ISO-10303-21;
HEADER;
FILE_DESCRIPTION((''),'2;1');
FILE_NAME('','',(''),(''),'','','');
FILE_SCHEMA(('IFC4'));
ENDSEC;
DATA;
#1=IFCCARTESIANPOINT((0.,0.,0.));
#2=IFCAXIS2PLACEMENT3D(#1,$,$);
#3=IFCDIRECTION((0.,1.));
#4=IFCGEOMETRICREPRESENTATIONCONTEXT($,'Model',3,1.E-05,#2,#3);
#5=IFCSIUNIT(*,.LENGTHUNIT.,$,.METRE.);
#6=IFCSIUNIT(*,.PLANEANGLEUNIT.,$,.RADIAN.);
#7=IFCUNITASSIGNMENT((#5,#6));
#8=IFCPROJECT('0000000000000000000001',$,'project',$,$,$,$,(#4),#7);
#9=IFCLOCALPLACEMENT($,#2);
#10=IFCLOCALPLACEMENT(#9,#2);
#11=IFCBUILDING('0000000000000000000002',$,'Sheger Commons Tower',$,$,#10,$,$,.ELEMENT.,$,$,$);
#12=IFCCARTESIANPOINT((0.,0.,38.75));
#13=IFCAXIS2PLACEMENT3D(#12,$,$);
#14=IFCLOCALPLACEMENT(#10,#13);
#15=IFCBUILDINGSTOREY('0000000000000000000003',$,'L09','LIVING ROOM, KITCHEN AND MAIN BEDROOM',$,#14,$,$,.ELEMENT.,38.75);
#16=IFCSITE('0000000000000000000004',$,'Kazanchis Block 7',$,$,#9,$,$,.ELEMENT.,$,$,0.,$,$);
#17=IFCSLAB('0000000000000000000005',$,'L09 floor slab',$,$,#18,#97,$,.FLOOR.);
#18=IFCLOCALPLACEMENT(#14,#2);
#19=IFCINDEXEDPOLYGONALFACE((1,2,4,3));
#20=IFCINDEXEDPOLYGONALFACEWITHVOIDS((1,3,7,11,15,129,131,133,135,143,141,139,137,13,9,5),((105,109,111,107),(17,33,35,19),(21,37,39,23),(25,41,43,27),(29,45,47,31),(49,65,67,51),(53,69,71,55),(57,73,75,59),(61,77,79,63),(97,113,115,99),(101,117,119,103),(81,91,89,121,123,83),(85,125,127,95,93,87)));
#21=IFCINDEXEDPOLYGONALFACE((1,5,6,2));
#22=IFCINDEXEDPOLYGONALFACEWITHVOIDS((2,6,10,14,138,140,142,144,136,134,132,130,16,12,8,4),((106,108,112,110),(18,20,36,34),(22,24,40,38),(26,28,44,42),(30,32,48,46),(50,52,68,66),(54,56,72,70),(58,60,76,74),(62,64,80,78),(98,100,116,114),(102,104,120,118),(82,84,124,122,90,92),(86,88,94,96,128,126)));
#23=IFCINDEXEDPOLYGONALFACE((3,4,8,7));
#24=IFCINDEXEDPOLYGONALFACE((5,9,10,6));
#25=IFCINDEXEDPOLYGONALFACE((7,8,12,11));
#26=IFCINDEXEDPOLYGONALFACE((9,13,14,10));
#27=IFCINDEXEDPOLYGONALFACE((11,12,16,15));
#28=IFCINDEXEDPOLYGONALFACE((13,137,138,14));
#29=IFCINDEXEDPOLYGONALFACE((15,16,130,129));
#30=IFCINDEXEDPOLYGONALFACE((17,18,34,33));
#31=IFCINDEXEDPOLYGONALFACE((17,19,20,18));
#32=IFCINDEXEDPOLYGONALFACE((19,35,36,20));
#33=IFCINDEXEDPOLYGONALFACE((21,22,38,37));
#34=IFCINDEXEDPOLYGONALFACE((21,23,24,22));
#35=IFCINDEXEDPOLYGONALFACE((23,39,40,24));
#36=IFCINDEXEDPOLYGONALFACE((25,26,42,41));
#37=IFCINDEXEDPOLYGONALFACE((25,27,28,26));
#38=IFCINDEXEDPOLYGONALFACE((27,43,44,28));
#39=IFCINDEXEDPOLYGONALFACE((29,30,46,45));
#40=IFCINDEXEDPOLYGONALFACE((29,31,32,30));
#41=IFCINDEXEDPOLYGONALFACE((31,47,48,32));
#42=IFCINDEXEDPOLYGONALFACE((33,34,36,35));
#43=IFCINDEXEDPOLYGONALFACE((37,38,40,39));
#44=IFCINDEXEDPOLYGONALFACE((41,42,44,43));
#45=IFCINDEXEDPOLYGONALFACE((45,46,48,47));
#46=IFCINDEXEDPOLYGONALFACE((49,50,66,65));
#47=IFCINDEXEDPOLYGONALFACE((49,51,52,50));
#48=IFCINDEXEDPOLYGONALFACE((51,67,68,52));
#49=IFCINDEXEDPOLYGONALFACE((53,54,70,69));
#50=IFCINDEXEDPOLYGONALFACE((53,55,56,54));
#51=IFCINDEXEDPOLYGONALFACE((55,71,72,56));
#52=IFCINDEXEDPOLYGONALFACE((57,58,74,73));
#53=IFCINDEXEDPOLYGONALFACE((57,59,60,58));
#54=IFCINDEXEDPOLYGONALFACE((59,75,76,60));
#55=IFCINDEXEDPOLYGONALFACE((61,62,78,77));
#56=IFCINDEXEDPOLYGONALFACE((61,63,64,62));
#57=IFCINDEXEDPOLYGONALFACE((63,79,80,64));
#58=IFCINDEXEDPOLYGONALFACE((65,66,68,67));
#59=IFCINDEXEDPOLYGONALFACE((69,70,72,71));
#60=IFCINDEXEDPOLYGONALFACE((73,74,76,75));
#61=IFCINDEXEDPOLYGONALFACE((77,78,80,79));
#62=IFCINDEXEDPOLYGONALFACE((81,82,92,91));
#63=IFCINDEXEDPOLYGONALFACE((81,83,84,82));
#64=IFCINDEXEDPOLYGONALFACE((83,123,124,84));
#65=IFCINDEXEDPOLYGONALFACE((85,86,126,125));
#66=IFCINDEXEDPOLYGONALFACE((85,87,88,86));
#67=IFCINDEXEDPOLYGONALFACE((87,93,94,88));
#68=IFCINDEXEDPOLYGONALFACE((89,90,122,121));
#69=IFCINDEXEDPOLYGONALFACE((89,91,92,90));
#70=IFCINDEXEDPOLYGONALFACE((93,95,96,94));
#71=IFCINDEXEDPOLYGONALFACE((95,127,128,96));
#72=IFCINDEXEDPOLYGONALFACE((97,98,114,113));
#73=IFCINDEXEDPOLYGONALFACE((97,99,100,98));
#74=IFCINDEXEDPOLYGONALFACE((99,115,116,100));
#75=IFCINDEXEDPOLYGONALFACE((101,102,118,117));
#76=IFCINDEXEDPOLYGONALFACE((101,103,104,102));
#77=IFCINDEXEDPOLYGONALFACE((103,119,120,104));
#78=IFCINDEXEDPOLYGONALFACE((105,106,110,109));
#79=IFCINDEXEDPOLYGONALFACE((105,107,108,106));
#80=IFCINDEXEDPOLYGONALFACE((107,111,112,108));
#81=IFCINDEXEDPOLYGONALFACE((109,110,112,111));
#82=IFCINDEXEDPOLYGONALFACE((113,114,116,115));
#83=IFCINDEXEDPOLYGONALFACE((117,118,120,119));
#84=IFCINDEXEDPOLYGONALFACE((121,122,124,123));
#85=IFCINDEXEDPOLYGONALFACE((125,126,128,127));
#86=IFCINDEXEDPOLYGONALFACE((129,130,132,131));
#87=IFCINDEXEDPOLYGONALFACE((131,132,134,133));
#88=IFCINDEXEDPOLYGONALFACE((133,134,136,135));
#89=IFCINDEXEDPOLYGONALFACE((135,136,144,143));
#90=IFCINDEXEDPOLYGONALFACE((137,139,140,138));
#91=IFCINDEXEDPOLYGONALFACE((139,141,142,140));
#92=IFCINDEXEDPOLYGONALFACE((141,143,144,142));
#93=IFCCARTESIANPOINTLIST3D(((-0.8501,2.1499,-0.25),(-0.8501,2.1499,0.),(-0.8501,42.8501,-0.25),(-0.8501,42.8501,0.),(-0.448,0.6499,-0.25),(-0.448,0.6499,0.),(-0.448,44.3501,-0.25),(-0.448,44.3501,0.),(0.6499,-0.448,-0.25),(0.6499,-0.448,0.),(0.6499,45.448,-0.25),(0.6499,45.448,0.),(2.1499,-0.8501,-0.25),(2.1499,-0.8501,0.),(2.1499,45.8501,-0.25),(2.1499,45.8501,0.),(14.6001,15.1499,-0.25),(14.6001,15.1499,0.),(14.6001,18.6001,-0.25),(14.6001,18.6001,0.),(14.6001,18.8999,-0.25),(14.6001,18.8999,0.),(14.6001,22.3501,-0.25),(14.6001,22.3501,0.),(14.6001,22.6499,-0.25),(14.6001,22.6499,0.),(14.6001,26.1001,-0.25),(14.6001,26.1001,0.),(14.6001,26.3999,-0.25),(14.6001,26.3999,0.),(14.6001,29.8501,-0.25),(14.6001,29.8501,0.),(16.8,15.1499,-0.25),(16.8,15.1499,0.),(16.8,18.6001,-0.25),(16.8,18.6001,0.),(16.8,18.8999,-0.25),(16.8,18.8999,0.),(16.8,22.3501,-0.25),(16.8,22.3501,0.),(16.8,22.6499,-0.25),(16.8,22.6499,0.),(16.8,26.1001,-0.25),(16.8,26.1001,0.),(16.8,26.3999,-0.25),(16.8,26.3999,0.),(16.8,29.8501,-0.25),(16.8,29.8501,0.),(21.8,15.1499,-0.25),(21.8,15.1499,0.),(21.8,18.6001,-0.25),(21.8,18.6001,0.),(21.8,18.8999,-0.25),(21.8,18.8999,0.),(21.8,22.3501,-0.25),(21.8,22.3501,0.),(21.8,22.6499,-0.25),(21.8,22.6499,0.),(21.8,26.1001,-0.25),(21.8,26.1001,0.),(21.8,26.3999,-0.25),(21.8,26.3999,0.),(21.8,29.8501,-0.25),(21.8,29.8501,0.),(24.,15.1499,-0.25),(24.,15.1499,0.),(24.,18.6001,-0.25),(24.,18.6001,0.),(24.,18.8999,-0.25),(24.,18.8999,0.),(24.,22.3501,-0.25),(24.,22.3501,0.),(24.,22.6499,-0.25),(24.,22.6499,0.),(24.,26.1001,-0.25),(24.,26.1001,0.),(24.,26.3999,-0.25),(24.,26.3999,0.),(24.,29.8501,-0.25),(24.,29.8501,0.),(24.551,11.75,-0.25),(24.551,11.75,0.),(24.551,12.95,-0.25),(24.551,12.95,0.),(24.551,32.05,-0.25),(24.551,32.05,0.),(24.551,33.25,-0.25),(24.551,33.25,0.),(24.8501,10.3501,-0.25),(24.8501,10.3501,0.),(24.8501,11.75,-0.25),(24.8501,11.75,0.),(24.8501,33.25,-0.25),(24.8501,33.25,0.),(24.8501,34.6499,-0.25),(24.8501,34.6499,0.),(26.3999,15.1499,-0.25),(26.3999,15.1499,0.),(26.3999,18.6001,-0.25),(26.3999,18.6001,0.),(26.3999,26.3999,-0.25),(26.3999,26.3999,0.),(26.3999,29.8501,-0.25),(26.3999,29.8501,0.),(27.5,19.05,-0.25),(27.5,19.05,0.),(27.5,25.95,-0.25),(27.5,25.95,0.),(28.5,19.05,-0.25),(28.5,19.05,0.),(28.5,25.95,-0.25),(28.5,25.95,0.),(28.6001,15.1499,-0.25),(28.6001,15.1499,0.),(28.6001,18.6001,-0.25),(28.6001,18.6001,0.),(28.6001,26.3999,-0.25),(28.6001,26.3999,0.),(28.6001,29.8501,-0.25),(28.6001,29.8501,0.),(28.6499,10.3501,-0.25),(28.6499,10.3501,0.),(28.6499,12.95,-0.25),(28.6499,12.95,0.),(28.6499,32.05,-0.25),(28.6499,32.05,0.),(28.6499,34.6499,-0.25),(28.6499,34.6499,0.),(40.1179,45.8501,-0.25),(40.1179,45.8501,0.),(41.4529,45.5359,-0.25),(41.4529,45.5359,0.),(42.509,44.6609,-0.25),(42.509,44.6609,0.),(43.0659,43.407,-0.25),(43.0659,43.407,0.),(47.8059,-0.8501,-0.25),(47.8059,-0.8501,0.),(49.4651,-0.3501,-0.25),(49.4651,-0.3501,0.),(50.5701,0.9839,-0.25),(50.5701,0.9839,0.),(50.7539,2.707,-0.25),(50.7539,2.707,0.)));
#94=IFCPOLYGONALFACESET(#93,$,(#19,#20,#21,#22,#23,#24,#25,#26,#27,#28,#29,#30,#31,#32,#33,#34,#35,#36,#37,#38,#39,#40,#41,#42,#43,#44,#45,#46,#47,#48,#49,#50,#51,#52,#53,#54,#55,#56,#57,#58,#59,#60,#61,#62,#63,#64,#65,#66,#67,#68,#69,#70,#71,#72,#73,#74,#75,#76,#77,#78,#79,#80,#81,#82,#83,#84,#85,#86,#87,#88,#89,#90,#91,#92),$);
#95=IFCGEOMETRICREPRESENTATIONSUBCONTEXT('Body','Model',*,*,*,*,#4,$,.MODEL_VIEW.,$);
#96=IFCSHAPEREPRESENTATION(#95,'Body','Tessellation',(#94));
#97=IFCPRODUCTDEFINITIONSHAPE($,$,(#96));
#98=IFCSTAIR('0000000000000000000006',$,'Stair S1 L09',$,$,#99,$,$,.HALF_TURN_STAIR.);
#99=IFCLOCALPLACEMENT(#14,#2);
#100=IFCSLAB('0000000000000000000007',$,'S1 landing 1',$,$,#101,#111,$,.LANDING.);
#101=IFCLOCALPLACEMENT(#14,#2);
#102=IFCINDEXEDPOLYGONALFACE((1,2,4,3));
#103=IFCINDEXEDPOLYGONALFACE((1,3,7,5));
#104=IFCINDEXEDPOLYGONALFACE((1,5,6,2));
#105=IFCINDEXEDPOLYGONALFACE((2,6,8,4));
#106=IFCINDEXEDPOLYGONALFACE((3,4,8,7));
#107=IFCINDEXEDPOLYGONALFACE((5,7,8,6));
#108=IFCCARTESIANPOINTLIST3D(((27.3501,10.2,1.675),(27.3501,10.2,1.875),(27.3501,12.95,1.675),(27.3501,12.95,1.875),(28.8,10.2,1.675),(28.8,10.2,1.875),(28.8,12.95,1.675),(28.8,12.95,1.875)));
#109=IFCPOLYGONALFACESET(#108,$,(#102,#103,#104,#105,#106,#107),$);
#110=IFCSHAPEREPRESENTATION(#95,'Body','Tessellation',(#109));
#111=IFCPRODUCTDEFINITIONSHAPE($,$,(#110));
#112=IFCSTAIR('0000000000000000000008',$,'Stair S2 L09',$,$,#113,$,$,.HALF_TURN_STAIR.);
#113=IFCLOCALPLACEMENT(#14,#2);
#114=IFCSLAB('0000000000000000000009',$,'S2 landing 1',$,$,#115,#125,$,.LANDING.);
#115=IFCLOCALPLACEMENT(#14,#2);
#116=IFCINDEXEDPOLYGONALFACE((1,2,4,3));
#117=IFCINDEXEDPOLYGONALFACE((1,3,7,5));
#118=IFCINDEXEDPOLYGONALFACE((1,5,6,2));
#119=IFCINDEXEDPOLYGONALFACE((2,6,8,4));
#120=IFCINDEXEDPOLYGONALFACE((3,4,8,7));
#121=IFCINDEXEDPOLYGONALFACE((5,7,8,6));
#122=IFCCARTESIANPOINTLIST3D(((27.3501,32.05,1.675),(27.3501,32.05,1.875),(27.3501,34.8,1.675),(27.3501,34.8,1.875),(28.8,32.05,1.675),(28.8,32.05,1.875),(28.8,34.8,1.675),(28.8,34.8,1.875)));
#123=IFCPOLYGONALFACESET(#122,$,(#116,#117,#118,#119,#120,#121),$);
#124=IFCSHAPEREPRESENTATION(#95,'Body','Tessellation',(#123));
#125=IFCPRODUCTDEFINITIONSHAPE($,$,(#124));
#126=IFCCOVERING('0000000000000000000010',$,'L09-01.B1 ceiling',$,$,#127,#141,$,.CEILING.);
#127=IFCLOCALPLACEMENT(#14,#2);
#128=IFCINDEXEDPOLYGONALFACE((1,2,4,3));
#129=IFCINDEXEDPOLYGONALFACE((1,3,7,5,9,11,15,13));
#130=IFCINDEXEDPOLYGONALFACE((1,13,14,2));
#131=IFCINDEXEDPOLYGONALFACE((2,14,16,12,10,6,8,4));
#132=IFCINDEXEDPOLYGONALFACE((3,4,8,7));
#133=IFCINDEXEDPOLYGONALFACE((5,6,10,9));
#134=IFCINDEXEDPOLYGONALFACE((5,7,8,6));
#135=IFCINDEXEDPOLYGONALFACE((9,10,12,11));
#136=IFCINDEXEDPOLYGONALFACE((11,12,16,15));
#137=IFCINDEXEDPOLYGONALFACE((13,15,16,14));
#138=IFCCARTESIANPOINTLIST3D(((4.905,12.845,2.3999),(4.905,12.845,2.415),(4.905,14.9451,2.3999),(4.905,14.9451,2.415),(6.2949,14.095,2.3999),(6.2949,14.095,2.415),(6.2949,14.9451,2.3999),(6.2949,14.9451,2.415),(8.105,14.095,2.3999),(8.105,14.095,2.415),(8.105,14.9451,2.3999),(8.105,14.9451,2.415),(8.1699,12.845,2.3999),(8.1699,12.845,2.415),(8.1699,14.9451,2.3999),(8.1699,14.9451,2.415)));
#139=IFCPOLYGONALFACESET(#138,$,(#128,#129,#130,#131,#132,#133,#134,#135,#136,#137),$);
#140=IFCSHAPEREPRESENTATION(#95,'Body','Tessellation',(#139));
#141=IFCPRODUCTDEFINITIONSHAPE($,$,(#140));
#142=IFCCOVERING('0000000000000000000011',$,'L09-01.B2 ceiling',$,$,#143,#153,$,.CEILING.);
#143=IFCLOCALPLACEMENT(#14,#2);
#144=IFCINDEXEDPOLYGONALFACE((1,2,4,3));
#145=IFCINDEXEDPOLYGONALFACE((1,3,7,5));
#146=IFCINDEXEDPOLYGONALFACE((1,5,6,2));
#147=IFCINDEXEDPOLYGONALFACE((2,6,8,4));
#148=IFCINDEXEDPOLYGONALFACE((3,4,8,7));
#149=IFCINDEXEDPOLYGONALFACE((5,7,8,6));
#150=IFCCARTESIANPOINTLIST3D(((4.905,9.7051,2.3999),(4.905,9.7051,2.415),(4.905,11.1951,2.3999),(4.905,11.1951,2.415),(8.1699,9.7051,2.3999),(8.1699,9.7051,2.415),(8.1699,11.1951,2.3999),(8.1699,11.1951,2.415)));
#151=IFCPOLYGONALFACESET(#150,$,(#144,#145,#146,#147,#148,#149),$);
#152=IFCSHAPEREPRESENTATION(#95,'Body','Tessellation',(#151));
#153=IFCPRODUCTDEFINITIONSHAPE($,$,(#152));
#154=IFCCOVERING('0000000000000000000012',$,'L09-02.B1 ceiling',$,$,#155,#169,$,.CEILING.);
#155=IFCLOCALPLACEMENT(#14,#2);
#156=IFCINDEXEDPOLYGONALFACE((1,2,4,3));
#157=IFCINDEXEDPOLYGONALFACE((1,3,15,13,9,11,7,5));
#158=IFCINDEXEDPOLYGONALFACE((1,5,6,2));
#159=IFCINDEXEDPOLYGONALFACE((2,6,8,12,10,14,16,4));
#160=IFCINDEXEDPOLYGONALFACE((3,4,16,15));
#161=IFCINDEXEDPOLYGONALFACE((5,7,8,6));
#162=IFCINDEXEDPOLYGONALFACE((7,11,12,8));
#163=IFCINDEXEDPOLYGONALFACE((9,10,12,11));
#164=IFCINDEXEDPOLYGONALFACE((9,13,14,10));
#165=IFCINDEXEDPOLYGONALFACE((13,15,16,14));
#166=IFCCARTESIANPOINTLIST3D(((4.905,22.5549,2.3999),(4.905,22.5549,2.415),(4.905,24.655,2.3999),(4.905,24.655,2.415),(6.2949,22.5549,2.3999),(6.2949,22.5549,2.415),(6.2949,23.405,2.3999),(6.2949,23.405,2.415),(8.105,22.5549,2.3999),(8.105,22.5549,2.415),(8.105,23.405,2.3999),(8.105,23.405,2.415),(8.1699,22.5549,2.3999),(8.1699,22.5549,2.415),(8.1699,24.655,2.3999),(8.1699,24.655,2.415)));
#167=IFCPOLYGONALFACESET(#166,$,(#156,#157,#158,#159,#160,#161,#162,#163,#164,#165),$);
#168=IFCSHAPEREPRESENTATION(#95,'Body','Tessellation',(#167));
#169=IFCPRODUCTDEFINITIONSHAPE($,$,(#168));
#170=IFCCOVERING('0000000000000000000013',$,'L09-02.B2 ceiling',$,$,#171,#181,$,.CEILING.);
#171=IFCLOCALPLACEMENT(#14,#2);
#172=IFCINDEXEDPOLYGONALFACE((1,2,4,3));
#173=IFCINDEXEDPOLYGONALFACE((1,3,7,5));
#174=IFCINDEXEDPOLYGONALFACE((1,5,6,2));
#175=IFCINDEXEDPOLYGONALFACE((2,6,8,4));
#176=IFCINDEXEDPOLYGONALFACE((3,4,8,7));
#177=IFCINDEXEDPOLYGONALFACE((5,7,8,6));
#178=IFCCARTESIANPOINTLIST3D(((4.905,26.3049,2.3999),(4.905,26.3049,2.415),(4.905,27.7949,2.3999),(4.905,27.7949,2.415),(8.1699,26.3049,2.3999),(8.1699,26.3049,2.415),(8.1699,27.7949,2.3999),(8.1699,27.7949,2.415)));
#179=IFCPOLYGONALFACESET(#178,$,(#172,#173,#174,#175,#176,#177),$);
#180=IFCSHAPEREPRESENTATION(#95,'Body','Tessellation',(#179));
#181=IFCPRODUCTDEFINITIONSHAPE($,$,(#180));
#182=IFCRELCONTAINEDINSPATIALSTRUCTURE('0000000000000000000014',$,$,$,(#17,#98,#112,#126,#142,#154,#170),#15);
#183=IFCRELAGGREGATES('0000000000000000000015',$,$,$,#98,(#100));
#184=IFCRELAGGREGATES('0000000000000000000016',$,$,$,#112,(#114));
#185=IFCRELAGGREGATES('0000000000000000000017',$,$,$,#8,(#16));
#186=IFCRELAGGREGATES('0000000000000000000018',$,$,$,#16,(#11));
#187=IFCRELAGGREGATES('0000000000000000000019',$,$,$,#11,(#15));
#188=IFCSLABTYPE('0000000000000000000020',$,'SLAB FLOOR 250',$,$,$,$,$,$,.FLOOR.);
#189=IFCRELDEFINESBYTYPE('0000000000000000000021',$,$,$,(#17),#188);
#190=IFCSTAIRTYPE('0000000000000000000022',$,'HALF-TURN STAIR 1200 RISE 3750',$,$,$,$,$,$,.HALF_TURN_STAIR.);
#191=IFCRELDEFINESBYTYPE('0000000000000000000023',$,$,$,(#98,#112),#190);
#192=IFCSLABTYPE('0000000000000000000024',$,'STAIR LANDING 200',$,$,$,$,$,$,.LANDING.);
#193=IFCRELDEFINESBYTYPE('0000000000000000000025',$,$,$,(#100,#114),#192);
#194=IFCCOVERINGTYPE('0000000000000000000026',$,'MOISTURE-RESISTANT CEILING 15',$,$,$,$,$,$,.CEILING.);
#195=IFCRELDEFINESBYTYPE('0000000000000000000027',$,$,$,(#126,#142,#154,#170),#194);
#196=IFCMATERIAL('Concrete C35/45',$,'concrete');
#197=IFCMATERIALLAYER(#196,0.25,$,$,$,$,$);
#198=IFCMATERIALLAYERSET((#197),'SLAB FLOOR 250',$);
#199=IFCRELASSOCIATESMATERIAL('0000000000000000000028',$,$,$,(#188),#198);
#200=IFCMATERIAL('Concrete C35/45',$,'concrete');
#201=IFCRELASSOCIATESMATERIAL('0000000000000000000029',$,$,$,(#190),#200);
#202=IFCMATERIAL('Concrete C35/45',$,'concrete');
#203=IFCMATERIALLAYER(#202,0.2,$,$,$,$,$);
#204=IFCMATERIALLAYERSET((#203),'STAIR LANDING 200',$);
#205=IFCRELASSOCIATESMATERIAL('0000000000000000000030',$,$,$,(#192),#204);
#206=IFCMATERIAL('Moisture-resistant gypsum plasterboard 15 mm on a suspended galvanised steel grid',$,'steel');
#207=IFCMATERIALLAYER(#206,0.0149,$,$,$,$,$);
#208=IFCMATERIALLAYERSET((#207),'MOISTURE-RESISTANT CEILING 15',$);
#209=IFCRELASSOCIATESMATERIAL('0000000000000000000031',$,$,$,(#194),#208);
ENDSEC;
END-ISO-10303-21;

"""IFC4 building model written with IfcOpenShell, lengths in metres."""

from ifc_helpers import new_model, si_unit, direction, frame, origin, place, context, subcontext, project, spatial, polyline, outline, extrude, material, layer, layer_set, type_object, element, aggregate, save


model = new_model("IFC4")

# Units and contexts
model_context = context("Model", 3, precision=1e-05, world=origin(), true_north=direction((0.0, 1.0)))
body_context = subcontext(model_context, "Body", "Model", "MODEL_VIEW")
ifc_project = project(units=[si_unit("LENGTHUNIT", "METRE"), si_unit("PLANEANGLEUNIT", "RADIAN")], contexts=[model_context])

# Site, building, storey
site_placement = place(None, origin())
site = spatial("IfcSite", under=ifc_project, at=site_placement, Name="Kazanchis Block 7", CompositionType="ELEMENT", RefElevation=0.0)
building_placement = place(site_placement, origin())
building = spatial("IfcBuilding", under=site, at=building_placement, Name="Sheger Commons Tower", CompositionType="ELEMENT")
storey_placement = place(building_placement, frame((0.0, 0.0, 38.75)))
storey = spatial("IfcBuildingStorey", under=building, at=storey_placement, Name="L09", Description="LIVING ROOM, KITCHEN AND MAIN BEDROOM", CompositionType="ELEMENT", Elevation=38.75)

# Slab
ifc_material_1 = material(Name="Concrete C35/45", Category="concrete")
ifc_layer_1 = layer(ifc_material_1, 0.25)
ifc_layer_set_1 = layer_set([ifc_layer_1], Name="SLAB FLOOR 250")
slab_type_1 = type_object("IfcSlabType", Name="SLAB FLOOR 250", PredefinedType="FLOOR", material=ifc_layer_set_1)
slab_1_placement = place(storey_placement, frame((0.0, 0.0, -0.25)))
element("IfcSlab", 1, at=slab_1_placement, inside=storey, type_object=slab_type_1, Name="L09 floor slab", PredefinedType="FLOOR", context=body_context, shape_type="SweptSolid", body=[
    extrude(outline(polyline([(-0.8501, 2.1499), (-0.448, 0.6499), (0.6499, -0.448), (2.1499, -0.8501), (47.8059, -0.8501), (49.4651, -0.3501), (50.5701, 0.9839), (50.7539, 2.707), (43.0659, 43.407), (42.509, 44.6609), (41.4529, 45.5359), (40.1179, 45.8501), (2.1499, 45.8501), (0.6499, 45.448), (-0.448, 44.3501), (-0.8501, 42.8501), (-0.8501, 2.1499)]), holes=[polyline([(24.8501, 10.3501), (28.6499, 10.3501), (28.6499, 12.95), (24.551, 12.95), (24.551, 11.75), (24.8501, 11.75), (24.8501, 10.3501)]), polyline([(24.551, 32.05), (28.6499, 32.05), (28.6499, 34.6499), (24.8501, 34.6499), (24.8501, 33.25), (24.551, 33.25), (24.551, 32.05)]), polyline([(26.3999, 15.1499), (28.6001, 15.1499), (28.6001, 18.6001), (26.3999, 18.6001), (26.3999, 15.1499)]), polyline([(26.3999, 26.3999), (28.6001, 26.3999), (28.6001, 29.8501), (26.3999, 29.8501), (26.3999, 26.3999)]), polyline([(14.6001, 15.1499), (16.8, 15.1499), (16.8, 18.6001), (14.6001, 18.6001), (14.6001, 15.1499)]), polyline([(14.6001, 18.8999), (16.8, 18.8999), (16.8, 22.3501), (14.6001, 22.3501), (14.6001, 18.8999)]), polyline([(14.6001, 22.6499), (16.8, 22.6499), (16.8, 26.1001), (14.6001, 26.1001), (14.6001, 22.6499)]), polyline([(14.6001, 26.3999), (16.8, 26.3999), (16.8, 29.8501), (14.6001, 29.8501), (14.6001, 26.3999)]), polyline([(21.8, 15.1499), (24.0, 15.1499), (24.0, 18.6001), (21.8, 18.6001), (21.8, 15.1499)]), polyline([(21.8, 18.8999), (24.0, 18.8999), (24.0, 22.3501), (21.8, 22.3501), (21.8, 18.8999)]), polyline([(21.8, 22.6499), (24.0, 22.6499), (24.0, 26.1001), (21.8, 26.1001), (21.8, 22.6499)]), polyline([(21.8, 26.3999), (24.0, 26.3999), (24.0, 29.8501), (21.8, 29.8501), (21.8, 26.3999)]), polyline([(27.5, 19.05), (28.5, 19.05), (28.5, 25.95), (27.5, 25.95), (27.5, 19.05)])]), origin(), (0.0, 0.0, 1.0), 0.25),
])

# Stairs, slabs
ifc_material_2 = material(Name="Concrete C35/45", Category="concrete")
stair_type = type_object("IfcStairType", Name="HALF-TURN STAIR 1200 RISE 3750", PredefinedType="HALF_TURN_STAIR", material=ifc_material_2)
stair_1_placement = place(storey_placement, origin())
stair_1 = element("IfcStair", 2, at=stair_1_placement, inside=storey, type_object=stair_type, Name="Stair S1 L09", PredefinedType="HALF_TURN_STAIR")
ifc_material_3 = material(Name="Concrete C35/45", Category="concrete")
ifc_layer_2 = layer(ifc_material_3, 0.2)
ifc_layer_set_2 = layer_set([ifc_layer_2], Name="STAIR LANDING 200")
slab_type_2 = type_object("IfcSlabType", Name="STAIR LANDING 200", PredefinedType="LANDING", material=ifc_layer_set_2)
slab_2_placement = place(storey_placement, frame((0.0, 0.0, 1.675)))
slab_2 = element("IfcSlab", 3, at=slab_2_placement, type_object=slab_type_2, Name="S1 landing 1", PredefinedType="LANDING", context=body_context, shape_type="SweptSolid", body=[
    extrude(outline(polyline([(27.3501, 10.2), (28.8, 10.2), (28.8, 12.95), (27.3501, 12.95), (27.3501, 10.2)])), origin(), (0.0, 0.0, 1.0), 0.2),
])
aggregate(stair_1, [slab_2])
stair_2_placement = place(storey_placement, origin())
stair_2 = element("IfcStair", 4, at=stair_2_placement, inside=storey, type_object=stair_type, Name="Stair S2 L09", PredefinedType="HALF_TURN_STAIR")
slab_3_placement = place(storey_placement, frame((0.0, 0.0, 1.675)))
slab_3 = element("IfcSlab", 5, at=slab_3_placement, type_object=slab_type_2, Name="S2 landing 1", PredefinedType="LANDING", context=body_context, shape_type="SweptSolid", body=[
    extrude(outline(polyline([(27.3501, 32.05), (28.8, 32.05), (28.8, 34.8), (27.3501, 34.8), (27.3501, 32.05)])), origin(), (0.0, 0.0, 1.0), 0.2),
])
aggregate(stair_2, [slab_3])

# Coverings
ifc_material_4 = material(Name="Moisture-resistant gypsum plasterboard 15 mm on a suspended galvanised steel grid", Category="steel")
ifc_layer_3 = layer(ifc_material_4, 0.0149)
ifc_layer_set_3 = layer_set([ifc_layer_3], Name="MOISTURE-RESISTANT CEILING 15")
covering_type_1 = type_object("IfcCoveringType", Name="MOISTURE-RESISTANT CEILING 15", PredefinedType="CEILING", material=ifc_layer_set_3)
covering_1_placement = place(storey_placement, frame((0.0, 0.0, 2.3999)))
element("IfcCovering", 6, at=covering_1_placement, inside=storey, type_object=covering_type_1, Name="L09-01.B1 ceiling", PredefinedType="CEILING", context=body_context, shape_type="SweptSolid", body=[
    extrude(outline(polyline([(4.905, 12.845), (8.1699, 12.845), (8.1699, 14.9451), (8.105, 14.9451), (8.105, 14.095), (6.2949, 14.095), (6.2949, 14.9451), (4.905, 14.9451), (4.905, 12.845)])), origin(), (0.0, 0.0, 1.0), 0.0151),
])
covering_2_placement = place(storey_placement, frame((0.0, 0.0, 2.3999)))
element("IfcCovering", 7, at=covering_2_placement, inside=storey, type_object=covering_type_1, Name="L09-01.B2 ceiling", PredefinedType="CEILING", context=body_context, shape_type="SweptSolid", body=[
    extrude(outline(polyline([(4.905, 9.7051), (8.1699, 9.7051), (8.1699, 11.1951), (4.905, 11.1951), (4.905, 9.7051)])), origin(), (0.0, 0.0, 1.0), 0.0151),
])
covering_3_placement = place(storey_placement, frame((0.0, 0.0, 2.3999)))
element("IfcCovering", 8, at=covering_3_placement, inside=storey, type_object=covering_type_1, Name="L09-02.B1 ceiling", PredefinedType="CEILING", context=body_context, shape_type="SweptSolid", body=[
    extrude(outline(polyline([(4.905, 22.5549), (6.2949, 22.5549), (6.2949, 23.405), (8.105, 23.405), (8.105, 22.5549), (8.1699, 22.5549), (8.1699, 24.655), (4.905, 24.655), (4.905, 22.5549)])), origin(), (0.0, 0.0, 1.0), 0.0151),
])
covering_4_placement = place(storey_placement, frame((0.0, 0.0, 2.3999)))
element("IfcCovering", 9, at=covering_4_placement, inside=storey, type_object=covering_type_1, Name="L09-02.B2 ceiling", PredefinedType="CEILING", context=body_context, shape_type="SweptSolid", body=[
    extrude(outline(polyline([(4.905, 26.3049), (8.1699, 26.3049), (8.1699, 27.7949), (4.905, 27.7949), (4.905, 26.3049)])), origin(), (0.0, 0.0, 1.0), 0.0151),
])

save(model, "model.ifc")
